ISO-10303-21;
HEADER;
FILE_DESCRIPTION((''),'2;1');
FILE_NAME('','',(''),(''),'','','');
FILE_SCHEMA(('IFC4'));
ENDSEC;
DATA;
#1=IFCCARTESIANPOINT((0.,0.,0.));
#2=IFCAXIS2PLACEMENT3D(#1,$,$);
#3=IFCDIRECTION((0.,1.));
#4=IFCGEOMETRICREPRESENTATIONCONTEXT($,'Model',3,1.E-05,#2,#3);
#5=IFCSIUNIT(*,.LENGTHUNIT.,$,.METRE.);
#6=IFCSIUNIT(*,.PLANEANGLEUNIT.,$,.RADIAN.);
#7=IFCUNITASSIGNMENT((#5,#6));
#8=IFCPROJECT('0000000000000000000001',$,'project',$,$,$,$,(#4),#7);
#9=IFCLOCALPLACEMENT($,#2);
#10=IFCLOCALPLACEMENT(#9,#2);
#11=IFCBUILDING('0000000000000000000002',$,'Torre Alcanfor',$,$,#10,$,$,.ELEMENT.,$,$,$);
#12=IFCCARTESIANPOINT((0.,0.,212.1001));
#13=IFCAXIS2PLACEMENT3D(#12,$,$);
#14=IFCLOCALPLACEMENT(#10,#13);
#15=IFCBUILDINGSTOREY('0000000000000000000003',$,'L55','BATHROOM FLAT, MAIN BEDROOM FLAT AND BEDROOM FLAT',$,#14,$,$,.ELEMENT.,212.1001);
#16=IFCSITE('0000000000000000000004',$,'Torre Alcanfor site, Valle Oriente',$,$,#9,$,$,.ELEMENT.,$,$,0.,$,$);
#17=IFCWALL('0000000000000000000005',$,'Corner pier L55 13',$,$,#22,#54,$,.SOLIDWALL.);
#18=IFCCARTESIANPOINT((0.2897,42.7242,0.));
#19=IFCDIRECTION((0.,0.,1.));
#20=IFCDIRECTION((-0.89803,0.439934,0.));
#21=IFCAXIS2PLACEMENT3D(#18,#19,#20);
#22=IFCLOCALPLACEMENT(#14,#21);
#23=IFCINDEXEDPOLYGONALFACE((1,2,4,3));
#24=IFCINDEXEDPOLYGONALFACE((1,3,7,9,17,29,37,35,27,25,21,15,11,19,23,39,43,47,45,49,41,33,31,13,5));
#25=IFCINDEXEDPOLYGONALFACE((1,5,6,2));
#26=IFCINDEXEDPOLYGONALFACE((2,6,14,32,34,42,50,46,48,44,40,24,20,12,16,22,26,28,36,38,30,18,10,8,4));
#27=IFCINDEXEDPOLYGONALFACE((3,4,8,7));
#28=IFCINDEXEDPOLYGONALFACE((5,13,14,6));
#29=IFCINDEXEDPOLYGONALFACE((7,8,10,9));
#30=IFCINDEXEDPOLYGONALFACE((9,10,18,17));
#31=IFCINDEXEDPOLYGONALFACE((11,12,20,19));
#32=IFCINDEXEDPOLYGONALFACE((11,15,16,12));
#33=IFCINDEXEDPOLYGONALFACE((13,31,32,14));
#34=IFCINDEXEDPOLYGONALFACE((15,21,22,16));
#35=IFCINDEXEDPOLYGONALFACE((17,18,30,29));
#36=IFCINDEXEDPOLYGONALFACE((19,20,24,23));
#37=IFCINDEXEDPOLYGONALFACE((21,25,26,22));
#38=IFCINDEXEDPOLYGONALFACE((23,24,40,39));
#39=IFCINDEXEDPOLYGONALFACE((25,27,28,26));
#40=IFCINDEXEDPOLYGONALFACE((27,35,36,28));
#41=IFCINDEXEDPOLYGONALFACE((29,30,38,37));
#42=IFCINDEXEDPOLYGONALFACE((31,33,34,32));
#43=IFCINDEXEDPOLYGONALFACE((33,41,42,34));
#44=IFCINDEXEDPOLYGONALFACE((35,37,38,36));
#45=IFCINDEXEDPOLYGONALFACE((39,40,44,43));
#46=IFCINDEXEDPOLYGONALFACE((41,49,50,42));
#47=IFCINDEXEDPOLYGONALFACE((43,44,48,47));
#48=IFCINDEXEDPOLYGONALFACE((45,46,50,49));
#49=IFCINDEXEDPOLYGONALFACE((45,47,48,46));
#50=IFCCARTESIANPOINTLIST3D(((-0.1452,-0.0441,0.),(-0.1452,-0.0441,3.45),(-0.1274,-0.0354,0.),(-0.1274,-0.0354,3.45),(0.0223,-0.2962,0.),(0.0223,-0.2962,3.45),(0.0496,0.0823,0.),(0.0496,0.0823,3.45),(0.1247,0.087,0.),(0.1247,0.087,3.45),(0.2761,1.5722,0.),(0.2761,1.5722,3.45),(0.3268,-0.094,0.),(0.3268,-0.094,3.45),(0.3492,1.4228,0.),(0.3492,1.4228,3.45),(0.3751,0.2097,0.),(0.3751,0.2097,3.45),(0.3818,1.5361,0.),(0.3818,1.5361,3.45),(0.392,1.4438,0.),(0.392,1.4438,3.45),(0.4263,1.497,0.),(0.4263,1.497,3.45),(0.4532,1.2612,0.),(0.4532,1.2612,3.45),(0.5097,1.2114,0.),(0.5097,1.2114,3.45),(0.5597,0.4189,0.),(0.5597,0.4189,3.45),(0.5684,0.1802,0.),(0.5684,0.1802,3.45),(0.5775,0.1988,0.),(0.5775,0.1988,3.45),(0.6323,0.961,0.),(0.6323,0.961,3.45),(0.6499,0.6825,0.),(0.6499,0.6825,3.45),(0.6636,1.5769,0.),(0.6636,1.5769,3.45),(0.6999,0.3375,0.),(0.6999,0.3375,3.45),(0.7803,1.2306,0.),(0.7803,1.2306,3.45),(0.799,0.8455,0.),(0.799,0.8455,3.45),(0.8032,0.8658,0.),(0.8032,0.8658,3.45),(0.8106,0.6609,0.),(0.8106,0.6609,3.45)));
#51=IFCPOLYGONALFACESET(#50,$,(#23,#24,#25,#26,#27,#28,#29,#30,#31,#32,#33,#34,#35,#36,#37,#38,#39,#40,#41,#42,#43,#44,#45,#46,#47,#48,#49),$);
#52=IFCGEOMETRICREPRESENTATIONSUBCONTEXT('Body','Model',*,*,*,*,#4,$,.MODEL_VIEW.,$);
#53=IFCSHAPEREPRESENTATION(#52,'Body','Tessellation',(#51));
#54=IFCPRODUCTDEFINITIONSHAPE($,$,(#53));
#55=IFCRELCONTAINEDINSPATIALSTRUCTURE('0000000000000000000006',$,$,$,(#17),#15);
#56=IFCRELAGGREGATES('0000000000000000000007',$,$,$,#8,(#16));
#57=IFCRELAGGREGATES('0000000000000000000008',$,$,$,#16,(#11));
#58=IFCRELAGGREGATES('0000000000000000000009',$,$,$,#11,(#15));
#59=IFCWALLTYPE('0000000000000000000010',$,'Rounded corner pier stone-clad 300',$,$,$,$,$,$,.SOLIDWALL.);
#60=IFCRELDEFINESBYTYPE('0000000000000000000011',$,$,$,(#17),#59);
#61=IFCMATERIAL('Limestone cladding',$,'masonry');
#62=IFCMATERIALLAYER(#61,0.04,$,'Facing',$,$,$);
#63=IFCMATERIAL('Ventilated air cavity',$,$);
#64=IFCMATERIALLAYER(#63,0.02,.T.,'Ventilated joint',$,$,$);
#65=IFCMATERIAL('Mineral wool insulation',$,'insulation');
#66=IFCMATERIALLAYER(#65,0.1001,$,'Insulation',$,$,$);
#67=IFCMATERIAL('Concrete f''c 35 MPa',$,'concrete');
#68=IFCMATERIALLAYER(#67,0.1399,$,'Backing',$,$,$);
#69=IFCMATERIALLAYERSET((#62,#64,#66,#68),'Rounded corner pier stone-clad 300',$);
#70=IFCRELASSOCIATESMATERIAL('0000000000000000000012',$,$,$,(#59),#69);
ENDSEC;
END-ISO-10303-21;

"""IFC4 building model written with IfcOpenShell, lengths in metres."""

from ifc_helpers import new_model, si_unit, direction, frame, origin, place, context, subcontext, project, spatial, polyline, outline, extrude, material, layer, layer_set, type_object, element, save


model = new_model("IFC4")

# Units and contexts
model_context = context("Model", 3, precision=1e-05, world=origin(), true_north=direction((0.0, 1.0)))
body_context = subcontext(model_context, "Body", "Model", "MODEL_VIEW")
ifc_project = project(units=[si_unit("LENGTHUNIT", "METRE"), si_unit("PLANEANGLEUNIT", "RADIAN")], contexts=[model_context])

# Site, building, storey
site_placement = place(None, origin())
site = spatial("IfcSite", under=ifc_project, at=site_placement, Name="Torre Alcanfor site, Valle Oriente", CompositionType="ELEMENT", RefElevation=0.0)
building_placement = place(site_placement, origin())
building = spatial("IfcBuilding", under=site, at=building_placement, Name="Torre Alcanfor", CompositionType="ELEMENT")
storey_placement = place(building_placement, frame((0.0, 0.0, 212.1001)))
storey = spatial("IfcBuildingStorey", under=building, at=storey_placement, Name="L55", Description="BATHROOM FLAT, MAIN BEDROOM FLAT AND BEDROOM FLAT", CompositionType="ELEMENT", Elevation=212.1001)

# Wall
ifc_material_1 = material(Name="Limestone cladding", Category="masonry")
ifc_layer_1 = layer(ifc_material_1, 0.04, Name="Facing")
ifc_material_2 = material(Name="Ventilated air cavity")
ifc_layer_2 = layer(ifc_material_2, 0.02, ventilated=True, Name="Ventilated joint")
ifc_material_3 = material(Name="Mineral wool insulation", Category="insulation")
ifc_layer_3 = layer(ifc_material_3, 0.1001, Name="Insulation")
ifc_material_4 = material(Name="Concrete f'c 35 MPa", Category="concrete")
ifc_layer_4 = layer(ifc_material_4, 0.1399, Name="Backing")
ifc_layer_set_1 = layer_set([ifc_layer_1, ifc_layer_2, ifc_layer_3, ifc_layer_4], Name="Rounded corner pier stone-clad 300")
wall_type_1 = type_object("IfcWallType", Name="Rounded corner pier stone-clad 300", PredefinedType="SOLIDWALL", material=ifc_layer_set_1)
wall_1_placement = place(storey_placement, frame((0.2897, 42.7242, 0.0), z_axis=(0.0, 0.0, 1.0), x_axis=(-0.89803, 0.439934, 0.0)))
element("IfcWall", 1, at=wall_1_placement, inside=storey, type_object=wall_type_1, Name="Corner pier L55 13", PredefinedType="SOLIDWALL", context=body_context, shape_type="SweptSolid", body=[
    extrude(outline(polyline([(-0.1452, -0.0441), (0.0223, -0.2962), (0.3268, -0.094), (0.5684, 0.1802), (0.5775, 0.1988), (0.6999, 0.3375), (0.8106, 0.6609), (0.799, 0.8455), (0.8032, 0.8658), (0.7803, 1.2306), (0.6636, 1.5769), (0.4263, 1.497), (0.3818, 1.5361), (0.2761, 1.5722), (0.3492, 1.4228), (0.392, 1.4438), (0.4532, 1.2612), (0.5097, 1.2114), (0.6323, 0.961), (0.6499, 0.6825), (0.5597, 0.4189), (0.3751, 0.2097), (0.1247, 0.087), (0.0496, 0.0823), (-0.1274, -0.0354), (-0.1452, -0.0441)])), origin(), (0.0, 0.0, 1.0), 3.45),
])

save(model, "model.ifc")
